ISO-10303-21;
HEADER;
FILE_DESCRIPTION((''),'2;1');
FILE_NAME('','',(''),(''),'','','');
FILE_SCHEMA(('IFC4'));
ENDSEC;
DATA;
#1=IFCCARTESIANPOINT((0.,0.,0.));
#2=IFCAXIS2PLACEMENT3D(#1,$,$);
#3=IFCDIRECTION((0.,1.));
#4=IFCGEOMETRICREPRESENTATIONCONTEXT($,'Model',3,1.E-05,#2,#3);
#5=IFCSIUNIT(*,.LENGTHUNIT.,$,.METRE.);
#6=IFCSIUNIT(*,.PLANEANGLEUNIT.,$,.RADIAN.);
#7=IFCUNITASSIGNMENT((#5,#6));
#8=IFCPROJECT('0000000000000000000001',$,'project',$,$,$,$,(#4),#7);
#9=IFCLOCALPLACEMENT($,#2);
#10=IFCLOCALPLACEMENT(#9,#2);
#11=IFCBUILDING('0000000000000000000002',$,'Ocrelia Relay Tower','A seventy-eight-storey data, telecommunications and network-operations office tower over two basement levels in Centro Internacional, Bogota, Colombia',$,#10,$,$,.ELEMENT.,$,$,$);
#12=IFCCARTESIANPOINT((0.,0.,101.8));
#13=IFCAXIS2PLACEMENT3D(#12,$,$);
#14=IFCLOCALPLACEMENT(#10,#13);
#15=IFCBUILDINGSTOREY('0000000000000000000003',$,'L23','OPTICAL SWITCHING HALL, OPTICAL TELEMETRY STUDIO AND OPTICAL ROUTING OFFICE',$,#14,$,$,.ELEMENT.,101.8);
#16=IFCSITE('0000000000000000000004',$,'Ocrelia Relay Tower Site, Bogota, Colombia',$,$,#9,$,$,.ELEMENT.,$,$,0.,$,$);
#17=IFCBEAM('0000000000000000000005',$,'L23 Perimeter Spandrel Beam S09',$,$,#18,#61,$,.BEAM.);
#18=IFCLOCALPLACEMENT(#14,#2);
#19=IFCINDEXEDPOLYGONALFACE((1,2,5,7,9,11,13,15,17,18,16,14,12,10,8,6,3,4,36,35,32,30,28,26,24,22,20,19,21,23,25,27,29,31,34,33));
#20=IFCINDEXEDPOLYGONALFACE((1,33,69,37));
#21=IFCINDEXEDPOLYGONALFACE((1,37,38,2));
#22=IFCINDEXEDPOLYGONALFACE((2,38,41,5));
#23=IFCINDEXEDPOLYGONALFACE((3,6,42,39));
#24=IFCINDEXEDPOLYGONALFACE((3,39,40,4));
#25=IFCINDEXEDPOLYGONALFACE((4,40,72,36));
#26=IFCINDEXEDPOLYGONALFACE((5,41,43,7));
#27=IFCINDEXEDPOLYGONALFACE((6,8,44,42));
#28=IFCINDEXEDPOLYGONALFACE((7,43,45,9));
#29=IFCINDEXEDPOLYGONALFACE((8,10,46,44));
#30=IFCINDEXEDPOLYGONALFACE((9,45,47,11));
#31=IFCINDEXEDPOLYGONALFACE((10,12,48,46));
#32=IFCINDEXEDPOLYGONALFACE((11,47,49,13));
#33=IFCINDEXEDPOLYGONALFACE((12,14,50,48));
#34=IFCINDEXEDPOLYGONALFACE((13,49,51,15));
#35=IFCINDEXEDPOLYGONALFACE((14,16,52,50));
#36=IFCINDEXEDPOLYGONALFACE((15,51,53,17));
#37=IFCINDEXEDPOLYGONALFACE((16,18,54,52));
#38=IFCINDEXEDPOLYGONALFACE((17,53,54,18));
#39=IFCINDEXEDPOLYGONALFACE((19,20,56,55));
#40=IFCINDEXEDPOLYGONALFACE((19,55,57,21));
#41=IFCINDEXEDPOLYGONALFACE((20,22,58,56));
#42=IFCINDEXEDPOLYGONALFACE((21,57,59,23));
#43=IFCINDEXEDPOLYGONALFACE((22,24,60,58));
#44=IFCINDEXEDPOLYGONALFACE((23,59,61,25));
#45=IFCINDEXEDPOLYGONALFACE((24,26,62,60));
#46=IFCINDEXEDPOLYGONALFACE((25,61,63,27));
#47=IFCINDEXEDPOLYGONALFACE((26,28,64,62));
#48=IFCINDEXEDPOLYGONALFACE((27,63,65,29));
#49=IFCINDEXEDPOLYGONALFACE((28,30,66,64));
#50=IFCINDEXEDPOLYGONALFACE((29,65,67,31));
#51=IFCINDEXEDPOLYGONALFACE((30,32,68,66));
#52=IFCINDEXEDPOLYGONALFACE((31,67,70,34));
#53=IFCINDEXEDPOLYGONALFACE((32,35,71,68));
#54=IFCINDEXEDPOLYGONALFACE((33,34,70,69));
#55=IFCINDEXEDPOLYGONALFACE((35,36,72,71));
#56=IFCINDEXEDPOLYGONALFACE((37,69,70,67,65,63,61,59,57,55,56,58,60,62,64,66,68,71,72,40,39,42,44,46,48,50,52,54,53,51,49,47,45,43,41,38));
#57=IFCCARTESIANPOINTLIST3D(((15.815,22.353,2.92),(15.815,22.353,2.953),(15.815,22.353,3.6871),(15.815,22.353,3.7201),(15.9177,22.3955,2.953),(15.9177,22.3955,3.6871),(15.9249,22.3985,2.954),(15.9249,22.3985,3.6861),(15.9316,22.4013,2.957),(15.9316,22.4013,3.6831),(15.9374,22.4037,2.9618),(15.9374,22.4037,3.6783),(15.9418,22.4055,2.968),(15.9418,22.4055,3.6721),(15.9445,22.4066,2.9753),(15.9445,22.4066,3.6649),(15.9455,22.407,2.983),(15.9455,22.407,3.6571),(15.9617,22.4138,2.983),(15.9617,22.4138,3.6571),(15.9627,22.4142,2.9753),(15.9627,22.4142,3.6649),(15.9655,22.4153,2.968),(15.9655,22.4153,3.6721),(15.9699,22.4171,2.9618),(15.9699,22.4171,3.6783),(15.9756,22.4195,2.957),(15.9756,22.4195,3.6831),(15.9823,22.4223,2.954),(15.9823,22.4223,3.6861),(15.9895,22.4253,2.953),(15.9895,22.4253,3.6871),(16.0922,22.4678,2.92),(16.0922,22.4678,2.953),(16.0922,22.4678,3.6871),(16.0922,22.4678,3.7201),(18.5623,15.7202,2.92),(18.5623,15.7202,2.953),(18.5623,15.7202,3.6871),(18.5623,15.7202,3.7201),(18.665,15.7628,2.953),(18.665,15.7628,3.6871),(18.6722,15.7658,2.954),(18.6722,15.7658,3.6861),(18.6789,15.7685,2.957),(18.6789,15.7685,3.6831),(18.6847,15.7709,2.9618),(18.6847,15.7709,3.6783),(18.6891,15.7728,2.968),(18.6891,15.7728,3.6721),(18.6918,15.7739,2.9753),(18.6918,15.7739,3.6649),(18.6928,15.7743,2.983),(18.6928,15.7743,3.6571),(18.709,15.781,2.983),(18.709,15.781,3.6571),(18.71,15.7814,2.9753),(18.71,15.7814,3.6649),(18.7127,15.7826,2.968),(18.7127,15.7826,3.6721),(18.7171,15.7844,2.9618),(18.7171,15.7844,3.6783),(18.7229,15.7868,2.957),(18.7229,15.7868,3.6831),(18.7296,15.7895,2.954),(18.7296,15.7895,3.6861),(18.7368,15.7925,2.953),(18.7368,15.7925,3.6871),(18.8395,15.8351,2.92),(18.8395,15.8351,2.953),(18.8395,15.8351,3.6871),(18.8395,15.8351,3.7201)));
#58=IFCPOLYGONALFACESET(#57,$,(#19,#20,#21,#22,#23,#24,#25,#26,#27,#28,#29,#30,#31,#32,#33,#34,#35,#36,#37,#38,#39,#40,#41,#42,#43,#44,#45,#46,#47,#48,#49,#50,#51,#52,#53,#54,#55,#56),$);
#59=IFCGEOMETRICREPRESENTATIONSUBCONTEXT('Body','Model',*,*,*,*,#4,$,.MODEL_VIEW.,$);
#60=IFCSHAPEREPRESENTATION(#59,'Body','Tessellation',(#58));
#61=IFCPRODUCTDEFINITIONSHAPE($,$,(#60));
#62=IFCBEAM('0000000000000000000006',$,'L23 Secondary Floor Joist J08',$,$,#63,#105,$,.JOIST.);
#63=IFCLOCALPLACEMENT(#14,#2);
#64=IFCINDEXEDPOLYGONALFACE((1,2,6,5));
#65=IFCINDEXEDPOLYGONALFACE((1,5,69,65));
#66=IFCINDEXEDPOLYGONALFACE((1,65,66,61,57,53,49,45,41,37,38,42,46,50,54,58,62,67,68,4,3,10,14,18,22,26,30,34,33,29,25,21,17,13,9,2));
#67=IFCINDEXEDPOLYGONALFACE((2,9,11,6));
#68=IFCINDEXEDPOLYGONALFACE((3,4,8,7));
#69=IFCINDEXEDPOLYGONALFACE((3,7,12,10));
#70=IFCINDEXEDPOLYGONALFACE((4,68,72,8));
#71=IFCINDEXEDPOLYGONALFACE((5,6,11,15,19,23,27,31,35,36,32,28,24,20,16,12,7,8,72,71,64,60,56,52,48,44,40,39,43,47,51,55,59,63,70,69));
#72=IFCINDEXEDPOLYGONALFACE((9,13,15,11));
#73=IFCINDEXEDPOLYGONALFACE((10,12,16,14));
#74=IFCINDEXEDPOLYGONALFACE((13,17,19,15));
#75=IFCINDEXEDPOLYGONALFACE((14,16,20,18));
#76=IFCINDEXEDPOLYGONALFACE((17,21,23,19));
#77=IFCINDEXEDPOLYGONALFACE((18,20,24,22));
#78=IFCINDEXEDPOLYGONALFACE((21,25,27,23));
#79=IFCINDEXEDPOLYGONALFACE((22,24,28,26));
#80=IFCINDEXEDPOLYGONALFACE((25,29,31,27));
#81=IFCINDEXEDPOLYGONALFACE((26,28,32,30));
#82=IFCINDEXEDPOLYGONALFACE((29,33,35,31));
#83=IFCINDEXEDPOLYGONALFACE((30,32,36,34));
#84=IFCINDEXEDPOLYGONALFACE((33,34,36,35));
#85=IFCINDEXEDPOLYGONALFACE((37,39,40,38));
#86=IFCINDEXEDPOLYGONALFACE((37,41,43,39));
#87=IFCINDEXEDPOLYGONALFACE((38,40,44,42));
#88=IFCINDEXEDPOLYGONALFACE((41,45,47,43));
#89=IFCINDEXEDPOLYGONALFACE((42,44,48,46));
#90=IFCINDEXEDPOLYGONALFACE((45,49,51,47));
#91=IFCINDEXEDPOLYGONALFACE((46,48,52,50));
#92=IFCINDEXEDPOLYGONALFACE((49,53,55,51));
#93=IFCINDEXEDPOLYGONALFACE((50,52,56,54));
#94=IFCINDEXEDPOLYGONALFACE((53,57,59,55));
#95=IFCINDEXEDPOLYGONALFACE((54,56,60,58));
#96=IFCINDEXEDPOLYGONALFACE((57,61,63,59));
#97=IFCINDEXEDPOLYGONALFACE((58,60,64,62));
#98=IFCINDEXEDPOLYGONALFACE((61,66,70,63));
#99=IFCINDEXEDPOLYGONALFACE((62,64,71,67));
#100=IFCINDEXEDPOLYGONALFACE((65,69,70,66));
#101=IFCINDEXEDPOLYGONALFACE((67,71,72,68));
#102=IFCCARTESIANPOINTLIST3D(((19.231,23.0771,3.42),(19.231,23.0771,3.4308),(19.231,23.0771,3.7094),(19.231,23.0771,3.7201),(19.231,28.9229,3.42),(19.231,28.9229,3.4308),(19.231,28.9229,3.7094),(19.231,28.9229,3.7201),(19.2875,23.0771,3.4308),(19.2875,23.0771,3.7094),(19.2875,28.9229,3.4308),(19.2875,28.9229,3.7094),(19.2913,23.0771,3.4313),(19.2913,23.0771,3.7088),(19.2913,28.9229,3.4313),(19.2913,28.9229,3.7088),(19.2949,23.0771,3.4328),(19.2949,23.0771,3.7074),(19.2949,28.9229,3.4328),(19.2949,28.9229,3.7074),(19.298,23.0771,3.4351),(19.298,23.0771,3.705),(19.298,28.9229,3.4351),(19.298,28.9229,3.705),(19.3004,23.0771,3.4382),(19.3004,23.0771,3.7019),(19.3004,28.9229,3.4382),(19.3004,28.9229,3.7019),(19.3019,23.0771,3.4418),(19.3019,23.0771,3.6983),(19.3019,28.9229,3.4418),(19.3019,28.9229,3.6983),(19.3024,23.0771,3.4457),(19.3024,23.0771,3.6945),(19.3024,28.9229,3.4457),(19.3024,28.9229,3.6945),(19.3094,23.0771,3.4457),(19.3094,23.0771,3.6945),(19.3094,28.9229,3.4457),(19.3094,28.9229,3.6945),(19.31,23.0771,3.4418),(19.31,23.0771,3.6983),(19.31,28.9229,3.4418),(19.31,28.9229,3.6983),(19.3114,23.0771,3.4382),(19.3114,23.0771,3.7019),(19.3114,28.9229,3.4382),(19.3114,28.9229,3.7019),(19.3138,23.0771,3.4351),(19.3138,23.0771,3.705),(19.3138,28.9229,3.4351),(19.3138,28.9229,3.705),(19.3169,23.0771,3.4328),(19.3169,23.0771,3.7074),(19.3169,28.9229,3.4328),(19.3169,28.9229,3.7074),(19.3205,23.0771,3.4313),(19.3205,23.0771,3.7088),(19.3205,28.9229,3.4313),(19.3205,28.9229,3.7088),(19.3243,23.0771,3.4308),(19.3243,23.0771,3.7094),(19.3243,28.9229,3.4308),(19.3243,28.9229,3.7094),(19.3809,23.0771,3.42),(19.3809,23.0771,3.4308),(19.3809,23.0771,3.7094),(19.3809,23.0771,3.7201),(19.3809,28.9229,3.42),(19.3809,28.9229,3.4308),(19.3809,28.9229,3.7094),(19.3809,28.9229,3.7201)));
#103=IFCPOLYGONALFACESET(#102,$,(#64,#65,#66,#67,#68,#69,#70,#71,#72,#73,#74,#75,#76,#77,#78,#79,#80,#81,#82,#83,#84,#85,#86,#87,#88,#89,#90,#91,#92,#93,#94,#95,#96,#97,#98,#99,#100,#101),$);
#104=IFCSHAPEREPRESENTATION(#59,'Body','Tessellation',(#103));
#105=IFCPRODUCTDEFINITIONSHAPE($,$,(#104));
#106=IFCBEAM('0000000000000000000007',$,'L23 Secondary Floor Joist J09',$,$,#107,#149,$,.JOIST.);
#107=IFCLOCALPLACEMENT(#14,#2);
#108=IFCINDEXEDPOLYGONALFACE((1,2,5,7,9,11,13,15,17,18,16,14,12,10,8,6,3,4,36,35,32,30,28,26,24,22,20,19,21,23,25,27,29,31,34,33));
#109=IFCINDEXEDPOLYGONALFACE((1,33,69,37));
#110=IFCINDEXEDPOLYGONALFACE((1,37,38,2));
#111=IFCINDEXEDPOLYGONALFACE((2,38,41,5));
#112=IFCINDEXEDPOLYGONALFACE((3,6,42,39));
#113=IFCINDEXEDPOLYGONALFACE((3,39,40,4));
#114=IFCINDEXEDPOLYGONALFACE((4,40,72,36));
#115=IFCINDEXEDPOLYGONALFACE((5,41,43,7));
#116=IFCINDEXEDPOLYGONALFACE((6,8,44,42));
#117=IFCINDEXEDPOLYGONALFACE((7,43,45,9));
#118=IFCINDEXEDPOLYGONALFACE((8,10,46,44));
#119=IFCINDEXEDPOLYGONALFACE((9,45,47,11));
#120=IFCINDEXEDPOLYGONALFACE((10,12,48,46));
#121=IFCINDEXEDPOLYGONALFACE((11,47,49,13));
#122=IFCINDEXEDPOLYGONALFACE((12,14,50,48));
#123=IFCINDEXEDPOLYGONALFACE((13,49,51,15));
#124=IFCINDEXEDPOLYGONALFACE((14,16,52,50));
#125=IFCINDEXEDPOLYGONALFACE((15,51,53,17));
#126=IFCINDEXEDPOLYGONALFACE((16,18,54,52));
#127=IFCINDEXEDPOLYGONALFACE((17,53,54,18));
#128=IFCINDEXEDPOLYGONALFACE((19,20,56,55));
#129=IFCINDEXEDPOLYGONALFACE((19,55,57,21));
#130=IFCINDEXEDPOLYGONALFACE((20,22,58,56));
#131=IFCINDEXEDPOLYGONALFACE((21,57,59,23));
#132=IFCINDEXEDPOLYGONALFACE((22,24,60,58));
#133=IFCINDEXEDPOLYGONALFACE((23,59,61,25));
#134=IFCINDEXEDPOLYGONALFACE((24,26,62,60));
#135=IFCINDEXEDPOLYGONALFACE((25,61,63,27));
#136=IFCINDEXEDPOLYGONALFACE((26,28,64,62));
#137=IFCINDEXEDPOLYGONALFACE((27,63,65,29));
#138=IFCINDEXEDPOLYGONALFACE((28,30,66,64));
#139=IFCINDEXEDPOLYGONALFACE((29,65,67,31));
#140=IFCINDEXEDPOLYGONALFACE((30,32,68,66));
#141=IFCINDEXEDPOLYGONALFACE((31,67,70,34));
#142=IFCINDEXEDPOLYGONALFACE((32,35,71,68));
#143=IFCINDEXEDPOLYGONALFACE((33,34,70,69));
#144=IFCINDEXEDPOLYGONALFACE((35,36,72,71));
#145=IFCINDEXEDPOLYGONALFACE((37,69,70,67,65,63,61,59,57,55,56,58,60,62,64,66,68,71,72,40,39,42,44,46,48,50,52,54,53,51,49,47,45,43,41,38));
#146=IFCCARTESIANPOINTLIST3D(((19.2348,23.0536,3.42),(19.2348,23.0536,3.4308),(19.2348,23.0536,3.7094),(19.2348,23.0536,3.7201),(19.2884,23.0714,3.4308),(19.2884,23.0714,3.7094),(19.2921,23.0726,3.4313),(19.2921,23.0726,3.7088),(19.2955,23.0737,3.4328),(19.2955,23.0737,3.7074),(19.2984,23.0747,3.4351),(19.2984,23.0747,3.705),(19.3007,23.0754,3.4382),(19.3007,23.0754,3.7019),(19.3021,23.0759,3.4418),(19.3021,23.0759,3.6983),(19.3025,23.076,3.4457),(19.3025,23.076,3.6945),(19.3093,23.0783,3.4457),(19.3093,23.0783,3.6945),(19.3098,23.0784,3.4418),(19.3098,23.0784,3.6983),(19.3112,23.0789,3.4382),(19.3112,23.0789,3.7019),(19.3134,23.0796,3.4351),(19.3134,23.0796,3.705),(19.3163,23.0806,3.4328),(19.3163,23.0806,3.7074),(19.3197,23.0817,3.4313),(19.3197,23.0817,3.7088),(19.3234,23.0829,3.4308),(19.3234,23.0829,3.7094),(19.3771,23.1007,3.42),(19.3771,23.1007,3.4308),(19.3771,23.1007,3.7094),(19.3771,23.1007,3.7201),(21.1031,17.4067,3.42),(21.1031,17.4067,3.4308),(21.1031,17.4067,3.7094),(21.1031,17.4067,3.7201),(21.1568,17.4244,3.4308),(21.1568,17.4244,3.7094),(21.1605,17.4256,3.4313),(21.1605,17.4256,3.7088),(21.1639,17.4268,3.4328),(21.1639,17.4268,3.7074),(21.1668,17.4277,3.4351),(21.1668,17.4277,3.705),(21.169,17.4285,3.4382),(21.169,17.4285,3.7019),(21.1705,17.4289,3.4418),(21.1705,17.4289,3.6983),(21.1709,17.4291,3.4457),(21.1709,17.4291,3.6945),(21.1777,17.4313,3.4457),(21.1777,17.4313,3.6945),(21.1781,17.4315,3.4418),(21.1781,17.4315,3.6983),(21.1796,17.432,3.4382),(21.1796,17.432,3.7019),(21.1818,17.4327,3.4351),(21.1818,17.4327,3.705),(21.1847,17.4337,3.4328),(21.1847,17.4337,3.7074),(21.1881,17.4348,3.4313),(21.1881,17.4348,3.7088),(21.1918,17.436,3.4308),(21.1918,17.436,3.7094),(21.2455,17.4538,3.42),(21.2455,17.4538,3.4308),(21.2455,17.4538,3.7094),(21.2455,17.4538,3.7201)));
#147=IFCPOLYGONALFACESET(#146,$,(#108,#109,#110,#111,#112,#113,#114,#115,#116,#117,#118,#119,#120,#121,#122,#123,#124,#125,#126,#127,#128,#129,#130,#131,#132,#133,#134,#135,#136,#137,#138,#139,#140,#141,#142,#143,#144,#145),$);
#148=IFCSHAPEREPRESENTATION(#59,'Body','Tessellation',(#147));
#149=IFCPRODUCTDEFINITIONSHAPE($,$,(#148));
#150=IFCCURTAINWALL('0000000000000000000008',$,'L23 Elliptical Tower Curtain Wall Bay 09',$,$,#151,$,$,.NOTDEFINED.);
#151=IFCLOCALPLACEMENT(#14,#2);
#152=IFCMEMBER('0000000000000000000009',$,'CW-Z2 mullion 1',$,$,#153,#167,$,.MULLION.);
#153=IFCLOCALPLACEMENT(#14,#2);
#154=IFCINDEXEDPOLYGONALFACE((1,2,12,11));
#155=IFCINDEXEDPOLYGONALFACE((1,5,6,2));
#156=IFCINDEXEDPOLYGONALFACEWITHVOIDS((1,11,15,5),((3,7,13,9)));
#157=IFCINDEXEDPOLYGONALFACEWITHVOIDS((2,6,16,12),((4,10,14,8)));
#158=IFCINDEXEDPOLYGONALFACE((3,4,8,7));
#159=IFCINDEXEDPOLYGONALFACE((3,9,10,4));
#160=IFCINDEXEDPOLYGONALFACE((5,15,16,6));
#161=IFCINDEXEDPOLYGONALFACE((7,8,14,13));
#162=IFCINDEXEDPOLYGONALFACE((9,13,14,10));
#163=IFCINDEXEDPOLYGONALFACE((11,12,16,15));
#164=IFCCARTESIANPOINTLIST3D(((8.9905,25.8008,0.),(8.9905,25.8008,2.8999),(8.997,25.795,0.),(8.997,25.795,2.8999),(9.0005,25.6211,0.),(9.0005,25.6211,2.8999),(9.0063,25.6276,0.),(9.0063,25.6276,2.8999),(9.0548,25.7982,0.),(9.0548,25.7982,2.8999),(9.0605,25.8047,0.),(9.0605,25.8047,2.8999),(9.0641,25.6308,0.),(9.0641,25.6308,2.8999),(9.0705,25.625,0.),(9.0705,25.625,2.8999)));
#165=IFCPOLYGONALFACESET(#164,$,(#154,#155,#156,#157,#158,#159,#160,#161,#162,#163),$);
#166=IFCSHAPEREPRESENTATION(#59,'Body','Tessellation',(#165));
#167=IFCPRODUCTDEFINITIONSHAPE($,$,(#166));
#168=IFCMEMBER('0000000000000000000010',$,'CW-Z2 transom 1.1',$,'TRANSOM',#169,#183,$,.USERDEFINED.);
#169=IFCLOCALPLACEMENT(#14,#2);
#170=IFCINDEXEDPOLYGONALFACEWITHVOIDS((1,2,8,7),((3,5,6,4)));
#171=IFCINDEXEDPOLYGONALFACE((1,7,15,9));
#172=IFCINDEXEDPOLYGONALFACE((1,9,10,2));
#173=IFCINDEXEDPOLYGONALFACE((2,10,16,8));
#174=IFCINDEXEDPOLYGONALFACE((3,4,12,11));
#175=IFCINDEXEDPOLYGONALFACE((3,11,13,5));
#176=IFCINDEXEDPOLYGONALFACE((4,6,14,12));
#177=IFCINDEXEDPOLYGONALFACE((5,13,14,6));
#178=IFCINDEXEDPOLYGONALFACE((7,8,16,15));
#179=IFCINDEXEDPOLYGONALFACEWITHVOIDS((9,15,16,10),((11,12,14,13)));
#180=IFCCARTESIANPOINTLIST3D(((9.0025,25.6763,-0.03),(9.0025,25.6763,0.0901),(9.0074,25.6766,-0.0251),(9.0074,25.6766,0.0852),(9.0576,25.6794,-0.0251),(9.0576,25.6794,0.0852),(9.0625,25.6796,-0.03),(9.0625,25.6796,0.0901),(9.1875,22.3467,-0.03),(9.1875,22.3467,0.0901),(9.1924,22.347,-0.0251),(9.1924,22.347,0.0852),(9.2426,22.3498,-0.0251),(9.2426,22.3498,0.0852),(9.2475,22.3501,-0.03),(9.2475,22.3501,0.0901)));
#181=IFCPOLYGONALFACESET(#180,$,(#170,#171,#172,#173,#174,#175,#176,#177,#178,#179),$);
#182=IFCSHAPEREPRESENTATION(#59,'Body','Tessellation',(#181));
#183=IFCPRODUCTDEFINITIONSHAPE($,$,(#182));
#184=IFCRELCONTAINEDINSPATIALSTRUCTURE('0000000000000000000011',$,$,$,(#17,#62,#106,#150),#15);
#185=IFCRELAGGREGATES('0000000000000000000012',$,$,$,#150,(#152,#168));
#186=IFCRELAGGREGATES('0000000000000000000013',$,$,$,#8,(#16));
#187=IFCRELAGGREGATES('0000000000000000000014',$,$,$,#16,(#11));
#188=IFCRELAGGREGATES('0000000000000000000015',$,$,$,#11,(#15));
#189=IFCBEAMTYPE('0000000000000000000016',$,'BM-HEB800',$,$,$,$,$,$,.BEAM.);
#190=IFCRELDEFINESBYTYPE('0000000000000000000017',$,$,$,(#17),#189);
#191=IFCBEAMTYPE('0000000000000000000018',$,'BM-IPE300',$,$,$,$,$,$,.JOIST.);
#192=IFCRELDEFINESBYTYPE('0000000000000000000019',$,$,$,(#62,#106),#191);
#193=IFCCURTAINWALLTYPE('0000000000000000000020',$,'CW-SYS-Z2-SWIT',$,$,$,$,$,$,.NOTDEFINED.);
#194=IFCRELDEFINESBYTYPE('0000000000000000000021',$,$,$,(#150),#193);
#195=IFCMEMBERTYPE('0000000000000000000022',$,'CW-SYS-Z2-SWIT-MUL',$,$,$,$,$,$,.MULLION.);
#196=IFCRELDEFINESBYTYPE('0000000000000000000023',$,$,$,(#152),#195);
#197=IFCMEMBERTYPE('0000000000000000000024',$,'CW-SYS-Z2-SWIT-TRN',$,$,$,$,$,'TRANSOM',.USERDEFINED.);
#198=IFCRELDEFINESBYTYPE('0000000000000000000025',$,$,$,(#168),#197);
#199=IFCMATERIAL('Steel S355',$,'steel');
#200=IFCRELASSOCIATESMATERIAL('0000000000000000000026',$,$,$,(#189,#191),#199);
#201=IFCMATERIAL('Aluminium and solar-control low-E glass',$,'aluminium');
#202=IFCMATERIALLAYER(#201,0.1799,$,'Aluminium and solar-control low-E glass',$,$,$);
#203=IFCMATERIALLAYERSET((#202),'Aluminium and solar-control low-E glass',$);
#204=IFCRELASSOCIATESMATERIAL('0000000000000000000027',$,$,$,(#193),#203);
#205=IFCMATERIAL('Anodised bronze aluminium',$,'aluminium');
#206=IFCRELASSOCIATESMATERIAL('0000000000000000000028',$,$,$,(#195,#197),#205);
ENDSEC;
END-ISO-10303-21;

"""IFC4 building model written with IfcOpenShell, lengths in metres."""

from ifc_helpers import new_model, si_unit, direction, frame, origin, origin_2d, place, context, subcontext, project, spatial, hollow_rectangle, i_section, extrude, material, layer, layer_set, material_profile, profile_set, type_object, element, aggregate, save


model = new_model("IFC4")

# Units and contexts
model_context = context("Model", 3, precision=1e-05, world=origin(), true_north=direction((0.0, 1.0)))
body_context = subcontext(model_context, "Body", "Model", "MODEL_VIEW")
ifc_project = project(units=[si_unit("LENGTHUNIT", "METRE"), si_unit("PLANEANGLEUNIT", "RADIAN")], contexts=[model_context])

# Site, building, storey
site_placement = place(None, origin())
site = spatial("IfcSite", under=ifc_project, at=site_placement, Name="Ocrelia Relay Tower Site, Bogota, Colombia", CompositionType="ELEMENT", RefElevation=0.0)
building_placement = place(site_placement, origin())
building = spatial("IfcBuilding", under=site, at=building_placement, Name="Ocrelia Relay Tower", Description="A seventy-eight-storey data, telecommunications and network-operations office tower over two basement levels in Centro Internacional, Bogota, Colombia", CompositionType="ELEMENT")
storey_placement = place(building_placement, frame((0.0, 0.0, 101.8)))
storey = spatial("IfcBuildingStorey", under=building, at=storey_placement, Name="L23", Description="OPTICAL SWITCHING HALL, OPTICAL TELEMETRY STUDIO AND OPTICAL ROUTING OFFICE", CompositionType="ELEMENT", Elevation=101.8)

# Beams
ifc_material_1 = material(Name="Steel S355", Category="steel")
ifc_material_profile_1 = material_profile(ifc_material_1, i_section(OverallWidth=0.3, OverallDepth=0.8, WebThickness=0.0176, FlangeThickness=0.033, FilletRadius=0.03, at=origin_2d()), Name="HEB 800")
ifc_profile_set_1 = profile_set([ifc_material_profile_1], Name="Steel S355")
beam_type_1 = type_object("IfcBeamType", Name="BM-HEB800", PredefinedType="BEAM", material=ifc_profile_set_1)
for number, where, z_axis, x_axis, name in (
    (1, (15.9536, 22.4104, 3.3201), (0.382673, -0.923884, 0.0), (0.923884, 0.382673, 0.0), "L23 Perimeter Spandrel Beam S09"),
):
    element("IfcBeam", number, at=place(storey_placement, frame(where, z_axis=z_axis, x_axis=x_axis)), inside=storey, type_object=beam_type_1, Name=name, PredefinedType="BEAM", context=body_context, shape_type="SweptSolid", body=[
        extrude(i_section(OverallWidth=0.3, OverallDepth=0.8, WebThickness=0.0176, FlangeThickness=0.033, FilletRadius=0.03, at=origin_2d()), origin(), (0.0, 0.0, 1.0), 7.1792),
    ])
ifc_material_profile_2 = material_profile(ifc_material_1, i_section(OverallWidth=0.1499, OverallDepth=0.3, WebThickness=0.0071, FlangeThickness=0.0107, FilletRadius=0.0149, at=origin_2d()), Name="IPE 300")
ifc_profile_set_2 = profile_set([ifc_material_profile_2], Name="Steel S355")
beam_type_2 = type_object("IfcBeamType", Name="BM-IPE300", PredefinedType="JOIST", material=ifc_profile_set_2)
beam_1_placement = place(storey_placement, frame((19.3059, 28.9229, 3.5701), z_axis=(0.0, -1.0, 0.0), x_axis=(1.0, 0.0, 0.0)))
element("IfcBeam", 2, at=beam_1_placement, inside=storey, type_object=beam_type_2, Name="L23 Secondary Floor Joist J08", PredefinedType="JOIST", context=body_context, shape_type="SweptSolid", body=[
    extrude(i_section(OverallWidth=0.1499, OverallDepth=0.3, WebThickness=0.0071, FlangeThickness=0.0107, FilletRadius=0.0149, at=origin_2d()), origin(), (0.0, 0.0, 1.0), 5.8457),
])
beam_2_placement = place(storey_placement, frame((19.3059, 23.0771, 3.5701), z_axis=(0.314121, -0.949383, 0.0), x_axis=(0.949383, 0.314121, 0.0)))
element("IfcBeam", 3, at=beam_2_placement, inside=storey, type_object=beam_type_2, Name="L23 Secondary Floor Joist J09", PredefinedType="JOIST", context=body_context, shape_type="SweptSolid", body=[
    extrude(i_section(OverallWidth=0.1499, OverallDepth=0.3, WebThickness=0.0071, FlangeThickness=0.0107, FilletRadius=0.0149, at=origin_2d()), origin(), (0.0, 0.0, 1.0), 5.948),
])

# Curtain wall, members
ifc_material_2 = material(Name="Aluminium and solar-control low-E glass", Category="aluminium")
ifc_layer_1 = layer(ifc_material_2, 0.1799, Name="Aluminium and solar-control low-E glass")
ifc_layer_set_1 = layer_set([ifc_layer_1], Name="Aluminium and solar-control low-E glass")
curtain_wall_type = type_object("IfcCurtainWallType", Name="CW-SYS-Z2-SWIT", PredefinedType="NOTDEFINED", material=ifc_layer_set_1)
curtain_wall_placement = place(storey_placement, origin())
curtain_wall = element("IfcCurtainWall", 4, at=curtain_wall_placement, inside=storey, type_object=curtain_wall_type, Name="L23 Elliptical Tower Curtain Wall Bay 09", PredefinedType="NOTDEFINED")
ifc_material_3 = material(Name="Anodised bronze aluminium", Category="aluminium")
ifc_material_profile_3 = material_profile(ifc_material_3, hollow_rectangle(XDim=0.0701, YDim=0.1799, WallThickness=0.0061, at=origin_2d()), Name="CW-MUL-180x70")
ifc_profile_set_3 = profile_set([ifc_material_profile_3], Name="Anodised bronze aluminium")
member_type_1 = type_object("IfcMemberType", Name="CW-SYS-Z2-SWIT-MUL", PredefinedType="MULLION", material=ifc_profile_set_3)
member_1_placement = place(storey_placement, frame((9.0305, 25.7129, 0.0), z_axis=(0.0, 0.0, 1.0), x_axis=(0.998459, 0.055487, 0.0)))
member_1 = element("IfcMember", 5, at=member_1_placement, type_object=member_type_1, Name="CW-Z2 mullion 1", PredefinedType="MULLION", context=body_context, shape_type="SweptSolid", body=[
    extrude(hollow_rectangle(XDim=0.0701, YDim=0.1799, WallThickness=0.0061, at=origin_2d()), origin(), (0.0, 0.0, 1.0), 2.8999),
])
ifc_material_profile_4 = material_profile(ifc_material_3, hollow_rectangle(XDim=0.0601, YDim=0.1201, WallThickness=0.0049, at=origin_2d()), Name="CW-TRN-120x60")
ifc_profile_set_4 = profile_set([ifc_material_profile_4], Name="Anodised bronze aluminium")
member_type_2 = type_object("IfcMemberType", Name="CW-SYS-Z2-SWIT-TRN", ElementType="TRANSOM", PredefinedType="USERDEFINED", material=ifc_profile_set_4)
member_2_placement = place(storey_placement, frame((9.0325, 25.678, 0.03), z_axis=(0.055494, -0.998459, 0.0), x_axis=(0.998459, 0.055494, 0.0)))
member_2 = element("IfcMember", 6, at=member_2_placement, type_object=member_type_2, Name="CW-Z2 transom 1.1", ObjectType="TRANSOM", PredefinedType="USERDEFINED", context=body_context, shape_type="SweptSolid", body=[
    extrude(hollow_rectangle(XDim=0.0601, YDim=0.1201, WallThickness=0.0049, at=origin_2d()), origin(), (0.0, 0.0, 1.0), 3.3347),
])
aggregate(curtain_wall, [member_1, member_2])

save(model, "model.ifc")
